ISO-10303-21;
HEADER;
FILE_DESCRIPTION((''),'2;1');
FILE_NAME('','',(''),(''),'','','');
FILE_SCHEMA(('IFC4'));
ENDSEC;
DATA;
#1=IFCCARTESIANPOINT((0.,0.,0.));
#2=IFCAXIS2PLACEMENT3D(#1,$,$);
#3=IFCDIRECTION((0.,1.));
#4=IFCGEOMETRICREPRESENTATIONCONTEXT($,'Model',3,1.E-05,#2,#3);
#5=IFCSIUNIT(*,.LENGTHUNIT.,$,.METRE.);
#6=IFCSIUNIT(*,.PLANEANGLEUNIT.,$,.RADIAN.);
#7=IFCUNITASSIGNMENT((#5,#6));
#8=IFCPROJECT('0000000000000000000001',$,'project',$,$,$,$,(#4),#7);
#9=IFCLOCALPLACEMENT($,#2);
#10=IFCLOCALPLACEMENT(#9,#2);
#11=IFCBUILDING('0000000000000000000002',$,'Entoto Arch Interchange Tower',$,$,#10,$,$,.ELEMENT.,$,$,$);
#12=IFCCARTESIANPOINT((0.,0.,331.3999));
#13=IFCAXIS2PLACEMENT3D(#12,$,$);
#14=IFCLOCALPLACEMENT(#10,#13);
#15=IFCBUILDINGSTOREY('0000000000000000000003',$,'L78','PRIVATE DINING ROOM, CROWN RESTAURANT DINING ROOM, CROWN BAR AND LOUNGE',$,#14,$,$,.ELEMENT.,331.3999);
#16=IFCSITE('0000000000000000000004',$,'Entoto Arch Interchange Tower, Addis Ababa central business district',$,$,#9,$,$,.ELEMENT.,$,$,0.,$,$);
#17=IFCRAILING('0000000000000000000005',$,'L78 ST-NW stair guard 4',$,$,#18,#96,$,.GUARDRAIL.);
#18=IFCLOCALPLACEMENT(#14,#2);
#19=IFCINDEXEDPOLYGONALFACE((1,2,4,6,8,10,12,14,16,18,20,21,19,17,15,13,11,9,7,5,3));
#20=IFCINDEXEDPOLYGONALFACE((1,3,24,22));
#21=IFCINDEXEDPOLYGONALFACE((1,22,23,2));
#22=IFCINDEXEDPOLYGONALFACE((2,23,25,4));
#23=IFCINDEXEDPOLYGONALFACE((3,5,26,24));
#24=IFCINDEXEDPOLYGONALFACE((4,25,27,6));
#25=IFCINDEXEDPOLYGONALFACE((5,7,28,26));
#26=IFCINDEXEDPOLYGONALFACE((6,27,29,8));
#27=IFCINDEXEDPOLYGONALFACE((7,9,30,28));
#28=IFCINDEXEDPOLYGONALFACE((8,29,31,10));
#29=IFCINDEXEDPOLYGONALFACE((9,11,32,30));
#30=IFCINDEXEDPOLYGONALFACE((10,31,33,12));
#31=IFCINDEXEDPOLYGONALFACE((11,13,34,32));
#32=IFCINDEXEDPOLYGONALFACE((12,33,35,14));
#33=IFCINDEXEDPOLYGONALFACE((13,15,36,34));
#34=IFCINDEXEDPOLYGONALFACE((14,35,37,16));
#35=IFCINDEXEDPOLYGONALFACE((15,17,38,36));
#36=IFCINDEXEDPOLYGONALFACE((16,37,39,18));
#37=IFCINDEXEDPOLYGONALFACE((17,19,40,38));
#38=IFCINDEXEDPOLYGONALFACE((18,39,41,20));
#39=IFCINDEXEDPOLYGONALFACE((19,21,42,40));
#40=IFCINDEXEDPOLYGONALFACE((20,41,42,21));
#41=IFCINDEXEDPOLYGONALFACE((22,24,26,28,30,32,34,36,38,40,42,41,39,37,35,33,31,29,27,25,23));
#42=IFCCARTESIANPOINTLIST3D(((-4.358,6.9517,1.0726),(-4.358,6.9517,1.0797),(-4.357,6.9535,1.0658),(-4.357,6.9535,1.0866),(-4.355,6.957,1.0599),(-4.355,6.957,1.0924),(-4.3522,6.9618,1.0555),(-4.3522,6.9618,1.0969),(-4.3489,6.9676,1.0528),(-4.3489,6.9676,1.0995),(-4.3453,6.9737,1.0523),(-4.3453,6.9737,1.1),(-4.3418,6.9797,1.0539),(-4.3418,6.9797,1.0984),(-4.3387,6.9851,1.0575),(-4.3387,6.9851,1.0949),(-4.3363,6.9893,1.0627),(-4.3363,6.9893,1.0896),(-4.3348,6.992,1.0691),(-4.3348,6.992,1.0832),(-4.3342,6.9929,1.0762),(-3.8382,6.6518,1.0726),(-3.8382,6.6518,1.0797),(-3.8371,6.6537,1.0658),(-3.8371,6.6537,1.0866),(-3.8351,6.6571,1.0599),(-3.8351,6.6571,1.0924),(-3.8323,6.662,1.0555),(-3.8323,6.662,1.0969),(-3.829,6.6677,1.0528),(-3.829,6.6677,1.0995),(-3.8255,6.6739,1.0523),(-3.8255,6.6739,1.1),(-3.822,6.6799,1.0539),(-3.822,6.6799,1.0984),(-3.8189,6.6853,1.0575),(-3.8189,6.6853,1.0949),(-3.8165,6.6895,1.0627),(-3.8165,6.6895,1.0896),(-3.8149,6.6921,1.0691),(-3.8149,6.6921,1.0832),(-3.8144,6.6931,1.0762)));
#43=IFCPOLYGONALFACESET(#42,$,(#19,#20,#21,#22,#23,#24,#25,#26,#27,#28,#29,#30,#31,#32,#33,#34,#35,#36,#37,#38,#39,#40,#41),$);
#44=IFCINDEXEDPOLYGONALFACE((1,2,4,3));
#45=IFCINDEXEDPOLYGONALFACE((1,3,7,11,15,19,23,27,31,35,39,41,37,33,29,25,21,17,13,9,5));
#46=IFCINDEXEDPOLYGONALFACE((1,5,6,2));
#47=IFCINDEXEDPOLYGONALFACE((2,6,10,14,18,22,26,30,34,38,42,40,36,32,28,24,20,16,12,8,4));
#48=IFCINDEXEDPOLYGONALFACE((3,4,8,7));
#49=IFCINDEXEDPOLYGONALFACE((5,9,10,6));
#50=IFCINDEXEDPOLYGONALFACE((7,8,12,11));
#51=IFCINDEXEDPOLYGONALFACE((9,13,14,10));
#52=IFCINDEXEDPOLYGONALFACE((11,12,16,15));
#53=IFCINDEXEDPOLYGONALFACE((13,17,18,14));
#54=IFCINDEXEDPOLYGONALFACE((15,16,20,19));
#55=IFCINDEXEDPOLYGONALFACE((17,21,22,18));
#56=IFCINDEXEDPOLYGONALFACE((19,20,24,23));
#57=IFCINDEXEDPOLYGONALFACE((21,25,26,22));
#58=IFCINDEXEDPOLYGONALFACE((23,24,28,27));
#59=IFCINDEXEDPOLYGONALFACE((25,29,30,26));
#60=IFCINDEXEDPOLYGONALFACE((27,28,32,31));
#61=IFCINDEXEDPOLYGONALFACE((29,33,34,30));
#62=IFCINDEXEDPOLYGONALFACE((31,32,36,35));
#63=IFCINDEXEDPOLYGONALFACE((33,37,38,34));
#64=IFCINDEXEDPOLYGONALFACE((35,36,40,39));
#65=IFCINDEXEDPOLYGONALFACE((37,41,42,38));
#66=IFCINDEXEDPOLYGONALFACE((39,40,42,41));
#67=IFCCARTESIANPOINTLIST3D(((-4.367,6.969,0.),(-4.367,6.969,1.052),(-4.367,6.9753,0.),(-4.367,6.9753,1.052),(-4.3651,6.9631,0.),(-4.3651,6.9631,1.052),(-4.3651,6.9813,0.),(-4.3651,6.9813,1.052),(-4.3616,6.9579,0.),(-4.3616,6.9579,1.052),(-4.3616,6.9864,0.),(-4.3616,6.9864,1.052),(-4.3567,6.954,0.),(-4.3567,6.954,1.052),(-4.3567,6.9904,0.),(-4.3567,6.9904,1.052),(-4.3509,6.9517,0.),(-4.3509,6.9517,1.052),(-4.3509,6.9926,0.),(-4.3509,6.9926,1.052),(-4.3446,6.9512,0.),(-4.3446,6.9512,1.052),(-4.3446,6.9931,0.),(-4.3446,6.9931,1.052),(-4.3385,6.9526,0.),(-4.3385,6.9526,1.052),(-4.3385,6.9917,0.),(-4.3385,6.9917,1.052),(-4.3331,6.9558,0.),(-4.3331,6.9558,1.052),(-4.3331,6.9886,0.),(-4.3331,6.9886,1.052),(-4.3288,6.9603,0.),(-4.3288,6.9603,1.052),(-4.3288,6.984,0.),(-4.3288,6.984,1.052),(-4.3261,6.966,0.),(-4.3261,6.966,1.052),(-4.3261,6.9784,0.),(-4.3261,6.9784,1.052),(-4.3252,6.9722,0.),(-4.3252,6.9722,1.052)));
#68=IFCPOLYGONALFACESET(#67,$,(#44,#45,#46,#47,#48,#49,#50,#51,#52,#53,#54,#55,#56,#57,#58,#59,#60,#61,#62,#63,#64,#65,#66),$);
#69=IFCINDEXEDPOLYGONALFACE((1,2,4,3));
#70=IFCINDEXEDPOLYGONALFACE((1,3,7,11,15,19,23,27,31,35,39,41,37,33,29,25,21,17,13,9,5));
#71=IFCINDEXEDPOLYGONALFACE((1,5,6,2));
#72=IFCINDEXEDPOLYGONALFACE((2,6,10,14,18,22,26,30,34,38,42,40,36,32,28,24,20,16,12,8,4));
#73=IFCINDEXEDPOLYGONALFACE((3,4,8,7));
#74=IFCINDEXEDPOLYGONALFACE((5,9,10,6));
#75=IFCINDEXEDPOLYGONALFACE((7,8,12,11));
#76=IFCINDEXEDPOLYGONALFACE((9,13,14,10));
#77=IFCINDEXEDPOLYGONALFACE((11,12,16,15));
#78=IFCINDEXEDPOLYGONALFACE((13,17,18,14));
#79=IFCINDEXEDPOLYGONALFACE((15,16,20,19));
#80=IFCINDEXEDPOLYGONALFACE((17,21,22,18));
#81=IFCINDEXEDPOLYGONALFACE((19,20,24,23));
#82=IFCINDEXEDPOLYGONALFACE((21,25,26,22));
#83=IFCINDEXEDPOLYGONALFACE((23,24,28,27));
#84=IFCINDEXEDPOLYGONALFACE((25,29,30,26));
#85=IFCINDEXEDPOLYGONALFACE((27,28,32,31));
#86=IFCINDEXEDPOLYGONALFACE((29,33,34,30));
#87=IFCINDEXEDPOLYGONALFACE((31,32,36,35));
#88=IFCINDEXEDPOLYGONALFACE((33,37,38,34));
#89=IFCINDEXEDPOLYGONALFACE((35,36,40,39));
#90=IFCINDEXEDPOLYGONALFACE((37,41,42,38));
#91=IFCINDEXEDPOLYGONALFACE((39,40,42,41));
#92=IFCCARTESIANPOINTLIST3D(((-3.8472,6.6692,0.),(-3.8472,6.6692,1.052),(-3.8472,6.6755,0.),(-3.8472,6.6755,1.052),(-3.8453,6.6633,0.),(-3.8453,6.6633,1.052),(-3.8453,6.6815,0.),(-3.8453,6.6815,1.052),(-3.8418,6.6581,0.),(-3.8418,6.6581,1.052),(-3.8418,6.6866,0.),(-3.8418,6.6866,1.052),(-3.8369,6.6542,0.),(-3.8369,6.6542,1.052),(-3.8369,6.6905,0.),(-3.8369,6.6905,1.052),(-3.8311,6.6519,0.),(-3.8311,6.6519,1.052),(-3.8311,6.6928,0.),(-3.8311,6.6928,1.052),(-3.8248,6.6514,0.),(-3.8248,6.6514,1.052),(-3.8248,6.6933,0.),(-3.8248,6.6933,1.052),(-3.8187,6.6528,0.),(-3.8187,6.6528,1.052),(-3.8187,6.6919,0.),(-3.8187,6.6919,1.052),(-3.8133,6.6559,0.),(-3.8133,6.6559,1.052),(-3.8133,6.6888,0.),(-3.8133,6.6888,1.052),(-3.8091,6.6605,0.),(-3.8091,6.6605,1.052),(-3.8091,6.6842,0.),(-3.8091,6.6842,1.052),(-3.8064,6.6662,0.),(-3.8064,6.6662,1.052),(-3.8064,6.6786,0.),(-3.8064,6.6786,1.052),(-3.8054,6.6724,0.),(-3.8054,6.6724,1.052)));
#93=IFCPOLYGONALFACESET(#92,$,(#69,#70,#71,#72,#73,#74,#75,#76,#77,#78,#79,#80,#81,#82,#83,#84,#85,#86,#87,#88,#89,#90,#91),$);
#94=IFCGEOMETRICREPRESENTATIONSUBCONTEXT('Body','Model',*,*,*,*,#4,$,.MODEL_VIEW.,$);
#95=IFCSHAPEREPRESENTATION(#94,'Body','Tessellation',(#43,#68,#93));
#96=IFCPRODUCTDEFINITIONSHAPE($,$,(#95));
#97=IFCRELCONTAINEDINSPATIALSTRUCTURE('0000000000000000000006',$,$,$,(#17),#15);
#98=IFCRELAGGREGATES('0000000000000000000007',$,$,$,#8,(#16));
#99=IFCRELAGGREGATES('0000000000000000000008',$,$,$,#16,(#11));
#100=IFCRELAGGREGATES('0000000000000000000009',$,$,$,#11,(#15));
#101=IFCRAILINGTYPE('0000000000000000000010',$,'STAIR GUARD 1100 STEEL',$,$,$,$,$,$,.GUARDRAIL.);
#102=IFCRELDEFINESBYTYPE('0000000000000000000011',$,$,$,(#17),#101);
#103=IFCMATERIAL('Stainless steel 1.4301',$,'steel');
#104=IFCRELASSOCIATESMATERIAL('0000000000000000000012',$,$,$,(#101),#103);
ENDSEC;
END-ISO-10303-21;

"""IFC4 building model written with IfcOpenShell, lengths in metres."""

from ifc_helpers import new_model, si_unit, direction, frame, origin, origin_2d, place, context, subcontext, project, spatial, circle, extrude, material, type_object, element, save


model = new_model("IFC4")

# Units and contexts
model_context = context("Model", 3, precision=1e-05, world=origin(), true_north=direction((0.0, 1.0)))
body_context = subcontext(model_context, "Body", "Model", "MODEL_VIEW")
ifc_project = project(units=[si_unit("LENGTHUNIT", "METRE"), si_unit("PLANEANGLEUNIT", "RADIAN")], contexts=[model_context])

# Site, building, storey
site_placement = place(None, origin())
site = spatial("IfcSite", under=ifc_project, at=site_placement, Name="Entoto Arch Interchange Tower, Addis Ababa central business district", CompositionType="ELEMENT", RefElevation=0.0)
building_placement = place(site_placement, origin())
building = spatial("IfcBuilding", under=site, at=building_placement, Name="Entoto Arch Interchange Tower", CompositionType="ELEMENT")
storey_placement = place(building_placement, frame((0.0, 0.0, 331.3999)))
storey = spatial("IfcBuildingStorey", under=building, at=storey_placement, Name="L78", Description="PRIVATE DINING ROOM, CROWN RESTAURANT DINING ROOM, CROWN BAR AND LOUNGE", CompositionType="ELEMENT", Elevation=331.3999)

# Railing
ifc_material_1 = material(Name="Stainless steel 1.4301", Category="steel")
railing_type_1 = type_object("IfcRailingType", Name="STAIR GUARD 1100 STEEL", PredefinedType="GUARDRAIL", material=ifc_material_1)
railing_1_placement = place(storey_placement, frame((-4.3462, 6.9722, 0.0)))
element("IfcRailing", 1, at=railing_1_placement, inside=storey, type_object=railing_type_1, Name="L78 ST-NW stair guard 4", PredefinedType="GUARDRAIL", context=body_context, shape_type="SweptSolid", body=[
    extrude(circle(Radius=0.0239, at=origin_2d()), frame((0.0, 0.0, 1.0762), z_axis=(0.866233, -0.49964, 0.0), x_axis=(0.49964, 0.866233, 0.0)), (0.0, 0.0, 1.0), 0.6001),
    extrude(circle(Radius=0.021, at=origin_2d()), origin(), (0.0, 0.0, 1.0), 1.052),
    extrude(circle(Radius=0.021, at=origin_2d()), frame((0.5198, -0.2998, 0.0)), (0.0, 0.0, 1.0), 1.052),
])

save(model, "model.ifc")
